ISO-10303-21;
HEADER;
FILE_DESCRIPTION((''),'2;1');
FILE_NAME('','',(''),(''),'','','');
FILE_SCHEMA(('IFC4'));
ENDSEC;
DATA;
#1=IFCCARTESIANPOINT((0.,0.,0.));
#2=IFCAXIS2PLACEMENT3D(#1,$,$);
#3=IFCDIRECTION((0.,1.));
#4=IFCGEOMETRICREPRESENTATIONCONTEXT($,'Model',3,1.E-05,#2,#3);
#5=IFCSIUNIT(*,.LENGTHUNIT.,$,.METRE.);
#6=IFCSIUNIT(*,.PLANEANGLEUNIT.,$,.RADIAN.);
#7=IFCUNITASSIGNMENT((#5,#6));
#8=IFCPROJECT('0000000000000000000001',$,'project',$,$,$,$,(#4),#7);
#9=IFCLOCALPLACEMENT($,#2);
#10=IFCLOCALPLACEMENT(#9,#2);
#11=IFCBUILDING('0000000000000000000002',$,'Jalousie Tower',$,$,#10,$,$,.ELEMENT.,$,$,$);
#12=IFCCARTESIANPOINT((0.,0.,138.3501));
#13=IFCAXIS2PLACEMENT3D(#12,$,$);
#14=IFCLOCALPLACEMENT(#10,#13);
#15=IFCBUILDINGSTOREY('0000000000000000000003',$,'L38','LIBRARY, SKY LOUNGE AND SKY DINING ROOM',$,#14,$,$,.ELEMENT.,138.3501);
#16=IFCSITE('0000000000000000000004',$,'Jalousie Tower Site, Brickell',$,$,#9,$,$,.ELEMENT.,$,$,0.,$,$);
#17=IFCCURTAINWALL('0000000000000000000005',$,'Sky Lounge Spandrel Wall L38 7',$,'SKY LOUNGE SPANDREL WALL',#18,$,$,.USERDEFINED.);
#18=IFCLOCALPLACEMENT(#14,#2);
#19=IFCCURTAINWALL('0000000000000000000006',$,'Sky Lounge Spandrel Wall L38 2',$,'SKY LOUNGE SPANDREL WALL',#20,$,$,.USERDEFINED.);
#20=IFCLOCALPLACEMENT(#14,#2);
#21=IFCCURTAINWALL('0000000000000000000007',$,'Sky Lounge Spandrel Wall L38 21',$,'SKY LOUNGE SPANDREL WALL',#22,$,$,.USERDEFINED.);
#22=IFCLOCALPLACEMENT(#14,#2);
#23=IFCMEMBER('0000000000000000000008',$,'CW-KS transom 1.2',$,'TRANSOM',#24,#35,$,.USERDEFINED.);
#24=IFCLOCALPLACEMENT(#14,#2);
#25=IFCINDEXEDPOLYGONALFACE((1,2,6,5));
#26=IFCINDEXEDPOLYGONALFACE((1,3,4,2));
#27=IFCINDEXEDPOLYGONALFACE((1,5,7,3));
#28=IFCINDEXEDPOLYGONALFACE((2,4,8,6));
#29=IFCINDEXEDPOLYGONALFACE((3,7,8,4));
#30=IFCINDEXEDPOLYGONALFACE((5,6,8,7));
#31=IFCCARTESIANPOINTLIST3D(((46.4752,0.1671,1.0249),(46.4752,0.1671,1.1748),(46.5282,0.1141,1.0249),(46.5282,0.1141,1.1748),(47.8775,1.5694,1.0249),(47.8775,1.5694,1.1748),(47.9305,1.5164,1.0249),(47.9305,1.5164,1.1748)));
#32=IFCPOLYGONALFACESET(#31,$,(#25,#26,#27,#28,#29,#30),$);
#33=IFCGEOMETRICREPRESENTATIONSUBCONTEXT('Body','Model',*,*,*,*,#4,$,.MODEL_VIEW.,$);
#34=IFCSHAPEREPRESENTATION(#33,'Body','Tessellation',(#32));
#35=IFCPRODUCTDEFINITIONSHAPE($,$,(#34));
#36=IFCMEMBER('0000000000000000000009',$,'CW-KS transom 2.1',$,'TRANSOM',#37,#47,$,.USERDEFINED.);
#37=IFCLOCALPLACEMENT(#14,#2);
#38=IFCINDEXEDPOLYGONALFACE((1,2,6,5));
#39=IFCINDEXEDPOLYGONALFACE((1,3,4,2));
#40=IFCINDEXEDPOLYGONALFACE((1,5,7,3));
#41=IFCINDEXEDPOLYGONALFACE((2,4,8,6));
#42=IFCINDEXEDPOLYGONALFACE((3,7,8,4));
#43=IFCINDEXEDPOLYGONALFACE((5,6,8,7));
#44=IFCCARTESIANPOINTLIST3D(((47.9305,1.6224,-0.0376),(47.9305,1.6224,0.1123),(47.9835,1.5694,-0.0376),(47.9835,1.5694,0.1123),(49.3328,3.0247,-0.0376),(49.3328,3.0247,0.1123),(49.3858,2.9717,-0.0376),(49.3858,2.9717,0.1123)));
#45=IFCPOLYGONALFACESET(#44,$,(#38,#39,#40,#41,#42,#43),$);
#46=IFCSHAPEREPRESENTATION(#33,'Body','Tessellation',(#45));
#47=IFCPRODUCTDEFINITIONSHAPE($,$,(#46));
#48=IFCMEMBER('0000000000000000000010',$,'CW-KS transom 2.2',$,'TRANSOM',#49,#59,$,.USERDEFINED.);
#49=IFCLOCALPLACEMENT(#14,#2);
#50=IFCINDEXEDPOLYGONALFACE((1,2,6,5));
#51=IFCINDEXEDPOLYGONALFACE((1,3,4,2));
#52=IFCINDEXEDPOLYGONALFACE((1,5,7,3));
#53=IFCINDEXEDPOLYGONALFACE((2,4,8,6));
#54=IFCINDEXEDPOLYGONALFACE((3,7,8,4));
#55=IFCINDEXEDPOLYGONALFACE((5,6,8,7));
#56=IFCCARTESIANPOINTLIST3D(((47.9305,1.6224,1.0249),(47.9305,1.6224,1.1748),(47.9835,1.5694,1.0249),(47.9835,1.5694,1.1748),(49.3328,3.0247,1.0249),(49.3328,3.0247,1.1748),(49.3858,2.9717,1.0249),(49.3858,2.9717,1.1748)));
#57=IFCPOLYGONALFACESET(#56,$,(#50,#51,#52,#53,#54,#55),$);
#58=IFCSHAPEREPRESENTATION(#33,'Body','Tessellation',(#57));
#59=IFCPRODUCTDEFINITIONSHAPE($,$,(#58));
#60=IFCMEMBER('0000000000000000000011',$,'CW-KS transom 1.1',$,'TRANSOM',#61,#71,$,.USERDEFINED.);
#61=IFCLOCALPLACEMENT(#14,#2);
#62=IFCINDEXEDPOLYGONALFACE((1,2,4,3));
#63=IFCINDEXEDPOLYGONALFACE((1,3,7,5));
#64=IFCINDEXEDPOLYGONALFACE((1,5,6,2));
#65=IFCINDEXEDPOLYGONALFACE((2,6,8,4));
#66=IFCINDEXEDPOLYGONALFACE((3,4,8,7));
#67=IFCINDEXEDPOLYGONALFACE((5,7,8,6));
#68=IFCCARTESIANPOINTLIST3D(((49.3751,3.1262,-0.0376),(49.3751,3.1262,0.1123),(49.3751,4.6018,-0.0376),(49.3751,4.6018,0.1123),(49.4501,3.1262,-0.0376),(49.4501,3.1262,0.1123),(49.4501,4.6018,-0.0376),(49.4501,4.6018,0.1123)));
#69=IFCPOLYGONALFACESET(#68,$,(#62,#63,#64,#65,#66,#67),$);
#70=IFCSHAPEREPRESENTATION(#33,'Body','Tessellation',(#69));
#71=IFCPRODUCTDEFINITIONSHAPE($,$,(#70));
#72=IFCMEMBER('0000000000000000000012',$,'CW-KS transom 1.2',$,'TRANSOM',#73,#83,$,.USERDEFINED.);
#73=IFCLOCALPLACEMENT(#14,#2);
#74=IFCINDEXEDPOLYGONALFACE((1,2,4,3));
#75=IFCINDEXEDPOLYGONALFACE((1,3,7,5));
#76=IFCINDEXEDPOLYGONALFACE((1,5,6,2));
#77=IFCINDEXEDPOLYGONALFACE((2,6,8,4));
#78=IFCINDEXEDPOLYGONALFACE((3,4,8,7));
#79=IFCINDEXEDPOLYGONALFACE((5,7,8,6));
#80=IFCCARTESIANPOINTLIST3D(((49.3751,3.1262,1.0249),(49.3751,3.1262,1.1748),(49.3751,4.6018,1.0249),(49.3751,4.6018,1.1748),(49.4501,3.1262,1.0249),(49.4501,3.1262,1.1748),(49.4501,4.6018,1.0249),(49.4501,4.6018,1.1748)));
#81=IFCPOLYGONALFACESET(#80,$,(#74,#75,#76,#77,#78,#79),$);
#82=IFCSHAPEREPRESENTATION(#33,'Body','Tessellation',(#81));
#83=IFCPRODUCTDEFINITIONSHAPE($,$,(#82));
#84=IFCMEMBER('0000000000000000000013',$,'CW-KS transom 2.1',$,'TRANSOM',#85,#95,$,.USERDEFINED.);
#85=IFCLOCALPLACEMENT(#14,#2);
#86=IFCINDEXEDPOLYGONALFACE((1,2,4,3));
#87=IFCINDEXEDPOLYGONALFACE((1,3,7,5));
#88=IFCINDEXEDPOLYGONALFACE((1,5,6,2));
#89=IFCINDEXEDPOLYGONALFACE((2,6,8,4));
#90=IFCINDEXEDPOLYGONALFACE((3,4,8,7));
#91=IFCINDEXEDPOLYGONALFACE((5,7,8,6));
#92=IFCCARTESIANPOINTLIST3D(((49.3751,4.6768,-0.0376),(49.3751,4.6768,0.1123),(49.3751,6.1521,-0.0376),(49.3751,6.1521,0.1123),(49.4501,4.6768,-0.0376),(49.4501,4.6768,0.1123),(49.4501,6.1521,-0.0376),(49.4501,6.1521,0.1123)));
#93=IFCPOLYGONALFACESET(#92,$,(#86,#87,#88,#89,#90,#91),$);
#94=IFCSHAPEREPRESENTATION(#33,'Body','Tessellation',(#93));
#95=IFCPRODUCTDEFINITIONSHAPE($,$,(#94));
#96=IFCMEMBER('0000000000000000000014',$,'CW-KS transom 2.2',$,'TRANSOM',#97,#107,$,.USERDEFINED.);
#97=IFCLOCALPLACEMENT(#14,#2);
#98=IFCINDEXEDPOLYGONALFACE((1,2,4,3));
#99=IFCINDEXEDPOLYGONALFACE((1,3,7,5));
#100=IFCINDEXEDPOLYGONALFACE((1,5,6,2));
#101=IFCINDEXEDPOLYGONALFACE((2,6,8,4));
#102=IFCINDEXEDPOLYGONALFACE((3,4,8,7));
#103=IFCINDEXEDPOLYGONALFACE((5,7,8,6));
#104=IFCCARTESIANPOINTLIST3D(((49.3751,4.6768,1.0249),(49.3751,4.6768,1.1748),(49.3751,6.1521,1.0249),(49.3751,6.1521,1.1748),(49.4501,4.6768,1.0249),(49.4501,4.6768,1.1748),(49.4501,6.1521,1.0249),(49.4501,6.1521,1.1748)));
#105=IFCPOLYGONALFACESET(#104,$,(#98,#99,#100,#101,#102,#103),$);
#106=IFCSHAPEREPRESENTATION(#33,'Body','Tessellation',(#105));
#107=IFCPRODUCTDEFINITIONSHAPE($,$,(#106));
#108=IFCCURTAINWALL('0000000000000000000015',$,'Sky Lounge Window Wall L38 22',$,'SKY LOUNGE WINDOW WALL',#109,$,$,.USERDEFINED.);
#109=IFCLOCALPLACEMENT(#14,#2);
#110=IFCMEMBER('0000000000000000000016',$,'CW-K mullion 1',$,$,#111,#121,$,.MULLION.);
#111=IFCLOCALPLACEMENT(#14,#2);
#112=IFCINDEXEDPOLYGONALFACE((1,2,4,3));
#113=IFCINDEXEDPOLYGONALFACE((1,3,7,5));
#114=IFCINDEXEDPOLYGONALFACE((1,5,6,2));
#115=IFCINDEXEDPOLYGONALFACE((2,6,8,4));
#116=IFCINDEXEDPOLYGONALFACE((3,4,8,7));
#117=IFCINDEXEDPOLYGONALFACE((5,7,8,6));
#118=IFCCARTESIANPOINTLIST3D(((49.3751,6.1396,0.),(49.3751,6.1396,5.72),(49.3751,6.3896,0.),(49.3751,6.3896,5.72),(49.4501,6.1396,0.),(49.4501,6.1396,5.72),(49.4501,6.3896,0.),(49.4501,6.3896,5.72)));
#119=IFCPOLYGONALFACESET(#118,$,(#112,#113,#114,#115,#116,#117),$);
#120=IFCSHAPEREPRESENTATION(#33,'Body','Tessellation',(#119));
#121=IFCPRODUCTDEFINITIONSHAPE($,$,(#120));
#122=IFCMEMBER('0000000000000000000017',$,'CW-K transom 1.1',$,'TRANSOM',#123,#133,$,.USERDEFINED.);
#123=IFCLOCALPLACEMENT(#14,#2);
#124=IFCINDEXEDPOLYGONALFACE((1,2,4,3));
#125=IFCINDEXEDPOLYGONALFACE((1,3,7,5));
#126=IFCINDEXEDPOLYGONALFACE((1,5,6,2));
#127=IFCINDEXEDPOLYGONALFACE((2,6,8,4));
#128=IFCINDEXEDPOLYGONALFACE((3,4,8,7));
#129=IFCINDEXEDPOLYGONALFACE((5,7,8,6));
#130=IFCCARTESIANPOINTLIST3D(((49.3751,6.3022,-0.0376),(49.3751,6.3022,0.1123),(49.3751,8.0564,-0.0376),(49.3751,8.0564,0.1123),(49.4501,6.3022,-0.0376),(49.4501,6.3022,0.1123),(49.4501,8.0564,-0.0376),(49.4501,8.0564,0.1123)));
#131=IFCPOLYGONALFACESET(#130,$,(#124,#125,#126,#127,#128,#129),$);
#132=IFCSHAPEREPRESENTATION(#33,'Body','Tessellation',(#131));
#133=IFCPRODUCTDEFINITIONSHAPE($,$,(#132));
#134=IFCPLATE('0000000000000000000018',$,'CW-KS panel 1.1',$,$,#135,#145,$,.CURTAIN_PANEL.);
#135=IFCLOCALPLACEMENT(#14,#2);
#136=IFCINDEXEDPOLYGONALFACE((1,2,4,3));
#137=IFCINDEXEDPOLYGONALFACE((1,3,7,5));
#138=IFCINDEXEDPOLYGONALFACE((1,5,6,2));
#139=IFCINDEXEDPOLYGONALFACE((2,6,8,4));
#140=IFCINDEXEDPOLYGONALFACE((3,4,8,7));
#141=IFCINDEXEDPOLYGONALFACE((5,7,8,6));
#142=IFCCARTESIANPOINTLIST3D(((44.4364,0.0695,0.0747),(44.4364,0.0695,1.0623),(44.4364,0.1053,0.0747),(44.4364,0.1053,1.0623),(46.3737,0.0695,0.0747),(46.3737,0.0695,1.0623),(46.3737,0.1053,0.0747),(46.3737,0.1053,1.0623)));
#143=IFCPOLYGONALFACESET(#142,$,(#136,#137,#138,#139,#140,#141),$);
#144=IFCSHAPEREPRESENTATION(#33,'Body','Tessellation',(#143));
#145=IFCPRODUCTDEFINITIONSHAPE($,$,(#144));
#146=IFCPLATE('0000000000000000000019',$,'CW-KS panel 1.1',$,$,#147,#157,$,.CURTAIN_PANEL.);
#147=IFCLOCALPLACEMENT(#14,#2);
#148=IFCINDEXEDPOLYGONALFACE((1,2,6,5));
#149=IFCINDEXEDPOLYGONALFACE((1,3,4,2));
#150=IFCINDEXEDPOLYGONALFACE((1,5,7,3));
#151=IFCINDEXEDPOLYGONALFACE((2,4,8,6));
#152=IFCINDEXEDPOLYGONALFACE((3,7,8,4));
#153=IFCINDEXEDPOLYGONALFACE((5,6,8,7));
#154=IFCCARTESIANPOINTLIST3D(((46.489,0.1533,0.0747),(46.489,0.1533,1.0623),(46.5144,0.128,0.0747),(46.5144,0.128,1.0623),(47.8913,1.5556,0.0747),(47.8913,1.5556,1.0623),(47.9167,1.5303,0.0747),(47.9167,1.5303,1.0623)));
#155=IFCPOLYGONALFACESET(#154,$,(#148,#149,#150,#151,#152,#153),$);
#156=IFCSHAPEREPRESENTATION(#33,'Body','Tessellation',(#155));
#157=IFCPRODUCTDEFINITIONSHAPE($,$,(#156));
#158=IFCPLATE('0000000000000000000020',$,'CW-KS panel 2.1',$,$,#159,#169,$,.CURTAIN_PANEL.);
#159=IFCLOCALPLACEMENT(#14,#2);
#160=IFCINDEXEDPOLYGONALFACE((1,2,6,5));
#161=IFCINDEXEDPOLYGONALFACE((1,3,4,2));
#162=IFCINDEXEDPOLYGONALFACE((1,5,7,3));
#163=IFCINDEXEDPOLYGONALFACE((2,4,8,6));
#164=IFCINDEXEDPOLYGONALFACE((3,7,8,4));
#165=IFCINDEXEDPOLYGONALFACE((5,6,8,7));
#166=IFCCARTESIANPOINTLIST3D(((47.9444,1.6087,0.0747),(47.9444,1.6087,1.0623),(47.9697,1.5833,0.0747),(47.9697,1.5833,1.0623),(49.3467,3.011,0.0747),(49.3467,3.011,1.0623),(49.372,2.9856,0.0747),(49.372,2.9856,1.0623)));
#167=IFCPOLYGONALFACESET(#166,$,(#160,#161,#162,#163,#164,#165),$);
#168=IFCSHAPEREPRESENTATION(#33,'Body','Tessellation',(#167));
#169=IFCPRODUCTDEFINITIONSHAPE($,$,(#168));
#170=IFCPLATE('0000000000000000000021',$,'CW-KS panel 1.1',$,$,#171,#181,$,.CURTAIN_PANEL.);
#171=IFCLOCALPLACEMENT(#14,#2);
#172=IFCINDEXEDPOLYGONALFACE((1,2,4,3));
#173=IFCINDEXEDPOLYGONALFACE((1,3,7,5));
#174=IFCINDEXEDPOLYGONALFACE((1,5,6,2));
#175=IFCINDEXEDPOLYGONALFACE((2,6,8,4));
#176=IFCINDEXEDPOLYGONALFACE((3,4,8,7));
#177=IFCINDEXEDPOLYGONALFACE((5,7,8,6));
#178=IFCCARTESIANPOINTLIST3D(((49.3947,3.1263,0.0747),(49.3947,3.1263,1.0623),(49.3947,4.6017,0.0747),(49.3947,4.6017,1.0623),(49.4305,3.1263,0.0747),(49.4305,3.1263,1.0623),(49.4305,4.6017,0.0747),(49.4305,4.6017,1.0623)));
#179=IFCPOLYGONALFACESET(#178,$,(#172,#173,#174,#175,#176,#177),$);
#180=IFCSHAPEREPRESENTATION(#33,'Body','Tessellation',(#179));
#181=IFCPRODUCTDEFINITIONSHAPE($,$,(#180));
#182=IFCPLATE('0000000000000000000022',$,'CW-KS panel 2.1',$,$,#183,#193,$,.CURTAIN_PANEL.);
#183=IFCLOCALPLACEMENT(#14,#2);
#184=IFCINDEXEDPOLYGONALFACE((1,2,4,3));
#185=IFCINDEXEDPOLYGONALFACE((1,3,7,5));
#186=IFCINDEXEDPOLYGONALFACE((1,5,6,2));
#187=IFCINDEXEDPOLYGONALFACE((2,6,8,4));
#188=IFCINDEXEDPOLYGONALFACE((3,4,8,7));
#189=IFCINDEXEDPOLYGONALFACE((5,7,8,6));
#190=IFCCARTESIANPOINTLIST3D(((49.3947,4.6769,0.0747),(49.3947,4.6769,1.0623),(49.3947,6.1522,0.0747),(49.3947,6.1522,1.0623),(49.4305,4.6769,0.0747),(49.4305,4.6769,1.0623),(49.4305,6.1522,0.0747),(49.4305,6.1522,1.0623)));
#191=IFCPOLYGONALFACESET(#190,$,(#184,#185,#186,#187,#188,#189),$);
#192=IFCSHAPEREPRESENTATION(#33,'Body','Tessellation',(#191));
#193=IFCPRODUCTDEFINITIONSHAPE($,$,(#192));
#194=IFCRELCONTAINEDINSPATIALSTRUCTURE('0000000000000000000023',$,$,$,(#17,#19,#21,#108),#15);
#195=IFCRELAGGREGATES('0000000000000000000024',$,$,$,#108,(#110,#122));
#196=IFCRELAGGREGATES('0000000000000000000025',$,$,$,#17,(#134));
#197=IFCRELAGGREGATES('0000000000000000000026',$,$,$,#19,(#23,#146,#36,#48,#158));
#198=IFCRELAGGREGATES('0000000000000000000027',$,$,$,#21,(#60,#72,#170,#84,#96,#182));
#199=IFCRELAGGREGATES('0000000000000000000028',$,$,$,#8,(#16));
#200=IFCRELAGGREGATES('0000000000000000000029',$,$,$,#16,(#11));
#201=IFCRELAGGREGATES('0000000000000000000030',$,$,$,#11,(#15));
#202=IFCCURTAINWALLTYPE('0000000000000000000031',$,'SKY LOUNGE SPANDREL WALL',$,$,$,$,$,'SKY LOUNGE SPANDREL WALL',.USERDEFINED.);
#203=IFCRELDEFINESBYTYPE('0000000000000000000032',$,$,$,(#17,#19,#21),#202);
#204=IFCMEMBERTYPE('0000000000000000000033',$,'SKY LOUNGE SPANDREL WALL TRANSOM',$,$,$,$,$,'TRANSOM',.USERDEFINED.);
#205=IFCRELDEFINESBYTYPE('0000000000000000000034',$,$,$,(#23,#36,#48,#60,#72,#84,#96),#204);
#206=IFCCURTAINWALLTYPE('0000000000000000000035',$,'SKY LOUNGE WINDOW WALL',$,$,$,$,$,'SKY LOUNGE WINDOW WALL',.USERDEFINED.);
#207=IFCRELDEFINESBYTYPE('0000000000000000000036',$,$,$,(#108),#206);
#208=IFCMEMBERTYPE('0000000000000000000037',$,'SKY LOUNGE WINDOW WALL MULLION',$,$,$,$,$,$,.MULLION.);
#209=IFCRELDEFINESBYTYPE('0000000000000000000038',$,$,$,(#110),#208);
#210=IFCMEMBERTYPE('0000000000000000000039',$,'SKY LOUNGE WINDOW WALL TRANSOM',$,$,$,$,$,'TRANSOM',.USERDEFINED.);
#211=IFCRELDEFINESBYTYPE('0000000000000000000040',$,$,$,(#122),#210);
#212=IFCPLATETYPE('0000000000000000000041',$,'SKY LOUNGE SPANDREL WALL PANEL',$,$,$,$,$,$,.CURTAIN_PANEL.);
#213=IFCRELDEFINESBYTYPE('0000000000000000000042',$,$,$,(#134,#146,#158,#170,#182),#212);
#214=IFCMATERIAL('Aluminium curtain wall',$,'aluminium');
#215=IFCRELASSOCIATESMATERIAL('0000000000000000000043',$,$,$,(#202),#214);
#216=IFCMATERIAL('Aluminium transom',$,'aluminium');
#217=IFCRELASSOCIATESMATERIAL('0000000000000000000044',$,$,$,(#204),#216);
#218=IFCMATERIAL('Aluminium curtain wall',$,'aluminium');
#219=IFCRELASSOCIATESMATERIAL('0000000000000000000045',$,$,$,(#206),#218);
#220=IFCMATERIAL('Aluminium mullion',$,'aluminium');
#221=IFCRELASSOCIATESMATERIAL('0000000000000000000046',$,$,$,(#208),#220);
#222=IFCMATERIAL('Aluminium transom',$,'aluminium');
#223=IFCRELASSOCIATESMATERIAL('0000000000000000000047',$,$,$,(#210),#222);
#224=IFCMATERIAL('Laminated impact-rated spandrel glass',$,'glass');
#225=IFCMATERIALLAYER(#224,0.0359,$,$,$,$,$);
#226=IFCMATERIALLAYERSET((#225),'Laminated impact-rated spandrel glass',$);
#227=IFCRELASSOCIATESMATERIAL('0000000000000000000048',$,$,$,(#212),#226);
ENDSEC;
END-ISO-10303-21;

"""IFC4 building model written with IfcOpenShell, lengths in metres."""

from ifc_helpers import new_model, si_unit, direction, frame, origin, origin_2d, place, context, subcontext, project, spatial, rectangle, extrude, material, layer, layer_set, material_profile, profile_set, type_object, element, aggregate, save


model = new_model("IFC4")

# Units and contexts
model_context = context("Model", 3, precision=1e-05, world=origin(), true_north=direction((0.0, 1.0)))
body_context = subcontext(model_context, "Body", "Model", "MODEL_VIEW")
ifc_project = project(units=[si_unit("LENGTHUNIT", "METRE"), si_unit("PLANEANGLEUNIT", "RADIAN")], contexts=[model_context])

# Site, building, storey
site_placement = place(None, origin())
site = spatial("IfcSite", under=ifc_project, at=site_placement, Name="Jalousie Tower Site, Brickell", CompositionType="ELEMENT", RefElevation=0.0)
building_placement = place(site_placement, origin())
building = spatial("IfcBuilding", under=site, at=building_placement, Name="Jalousie Tower", CompositionType="ELEMENT")
storey_placement = place(building_placement, frame((0.0, 0.0, 138.3501)))
storey = spatial("IfcBuildingStorey", under=building, at=storey_placement, Name="L38", Description="LIBRARY, SKY LOUNGE AND SKY DINING ROOM", CompositionType="ELEMENT", Elevation=138.3501)

# Curtain wall
ifc_material_1 = material(Name="Aluminium curtain wall", Category="aluminium")
curtain_wall_type_1 = type_object("IfcCurtainWallType", Name="SKY LOUNGE SPANDREL WALL", ElementType="SKY LOUNGE SPANDREL WALL", PredefinedType="USERDEFINED", material=ifc_material_1)
curtain_wall_1_placement = place(storey_placement, origin())
curtain_wall_1 = element("IfcCurtainWall", 1, at=curtain_wall_1_placement, inside=storey, type_object=curtain_wall_type_1, Name="Sky Lounge Spandrel Wall L38 7", ObjectType="SKY LOUNGE SPANDREL WALL", PredefinedType="USERDEFINED")

# Curtain walls
curtain_wall_2_placement = place(storey_placement, origin())
curtain_wall_2 = element("IfcCurtainWall", 2, at=curtain_wall_2_placement, inside=storey, type_object=curtain_wall_type_1, Name="Sky Lounge Spandrel Wall L38 2", ObjectType="SKY LOUNGE SPANDREL WALL", PredefinedType="USERDEFINED")
curtain_wall_3_placement = place(storey_placement, origin())
curtain_wall_3 = element("IfcCurtainWall", 3, at=curtain_wall_3_placement, inside=storey, type_object=curtain_wall_type_1, Name="Sky Lounge Spandrel Wall L38 21", ObjectType="SKY LOUNGE SPANDREL WALL", PredefinedType="USERDEFINED")

# Members
ifc_material_2 = material(Name="Aluminium transom", Category="aluminium")
ifc_material_profile_1 = material_profile(ifc_material_2, rectangle(XDim=0.075, YDim=0.1499, at=origin_2d()), Name="TRANSOM 75x150")
ifc_profile_set_1 = profile_set([ifc_material_profile_1], Name="Aluminium transom")
member_type_1 = type_object("IfcMemberType", Name="SKY LOUNGE SPANDREL WALL TRANSOM", ElementType="TRANSOM", PredefinedType="USERDEFINED", material=ifc_profile_set_1)
member_1_placement = place(storey_placement, frame((46.5017, 0.1406, 1.0999), z_axis=(0.707107, 0.707107, 0.0), x_axis=(-0.707107, 0.707107, 0.0)))
member_1 = element("IfcMember", 4, at=member_1_placement, type_object=member_type_1, Name="CW-KS transom 1.2", ObjectType="TRANSOM", PredefinedType="USERDEFINED", context=body_context, shape_type="SweptSolid", body=[
    extrude(rectangle(XDim=0.075, YDim=0.1499, at=origin_2d()), origin(), (0.0, 0.0, 1.0), 1.9832),
])
member_2_placement = place(storey_placement, frame((47.957, 1.5959, 0.0374), z_axis=(0.707107, 0.707107, 0.0), x_axis=(-0.707107, 0.707107, 0.0)))
member_2 = element("IfcMember", 5, at=member_2_placement, type_object=member_type_1, Name="CW-KS transom 2.1", ObjectType="TRANSOM", PredefinedType="USERDEFINED", context=body_context, shape_type="SweptSolid", body=[
    extrude(rectangle(XDim=0.075, YDim=0.1499, at=origin_2d()), origin(), (0.0, 0.0, 1.0), 1.9832),
])
member_3_placement = place(storey_placement, frame((47.957, 1.5959, 1.0999), z_axis=(0.707107, 0.707107, 0.0), x_axis=(-0.707107, 0.707107, 0.0)))
member_3 = element("IfcMember", 6, at=member_3_placement, type_object=member_type_1, Name="CW-KS transom 2.2", ObjectType="TRANSOM", PredefinedType="USERDEFINED", context=body_context, shape_type="SweptSolid", body=[
    extrude(rectangle(XDim=0.075, YDim=0.1499, at=origin_2d()), origin(), (0.0, 0.0, 1.0), 1.9832),
])
member_4_placement = place(storey_placement, frame((49.4126, 3.1262, 0.0374), z_axis=(0.0, 1.0, 0.0), x_axis=(-1.0, 0.0, 0.0)))
member_4 = element("IfcMember", 7, at=member_4_placement, type_object=member_type_1, Name="CW-KS transom 1.1", ObjectType="TRANSOM", PredefinedType="USERDEFINED", context=body_context, shape_type="SweptSolid", body=[
    extrude(rectangle(XDim=0.075, YDim=0.1499, at=origin_2d()), origin(), (0.0, 0.0, 1.0), 1.4756),
])
member_5_placement = place(storey_placement, frame((49.4126, 3.1262, 1.0999), z_axis=(0.0, 1.0, 0.0), x_axis=(-1.0, 0.0, 0.0)))
member_5 = element("IfcMember", 8, at=member_5_placement, type_object=member_type_1, Name="CW-KS transom 1.2", ObjectType="TRANSOM", PredefinedType="USERDEFINED", context=body_context, shape_type="SweptSolid", body=[
    extrude(rectangle(XDim=0.075, YDim=0.1499, at=origin_2d()), origin(), (0.0, 0.0, 1.0), 1.4756),
])
member_6_placement = place(storey_placement, frame((49.4126, 4.6768, 0.0374), z_axis=(0.0, 1.0, 0.0), x_axis=(-1.0, 0.0, 0.0)))
member_6 = element("IfcMember", 9, at=member_6_placement, type_object=member_type_1, Name="CW-KS transom 2.1", ObjectType="TRANSOM", PredefinedType="USERDEFINED", context=body_context, shape_type="SweptSolid", body=[
    extrude(rectangle(XDim=0.075, YDim=0.1499, at=origin_2d()), origin(), (0.0, 0.0, 1.0), 1.4753),
])
member_7_placement = place(storey_placement, frame((49.4126, 4.6768, 1.0999), z_axis=(0.0, 1.0, 0.0), x_axis=(-1.0, 0.0, 0.0)))
member_7 = element("IfcMember", 10, at=member_7_placement, type_object=member_type_1, Name="CW-KS transom 2.2", ObjectType="TRANSOM", PredefinedType="USERDEFINED", context=body_context, shape_type="SweptSolid", body=[
    extrude(rectangle(XDim=0.075, YDim=0.1499, at=origin_2d()), origin(), (0.0, 0.0, 1.0), 1.4753),
])

# Curtain wall, members
ifc_material_3 = material(Name="Aluminium curtain wall", Category="aluminium")
curtain_wall_type_2 = type_object("IfcCurtainWallType", Name="SKY LOUNGE WINDOW WALL", ElementType="SKY LOUNGE WINDOW WALL", PredefinedType="USERDEFINED", material=ifc_material_3)
curtain_wall_4_placement = place(storey_placement, origin())
curtain_wall_4 = element("IfcCurtainWall", 11, at=curtain_wall_4_placement, inside=storey, type_object=curtain_wall_type_2, Name="Sky Lounge Window Wall L38 22", ObjectType="SKY LOUNGE WINDOW WALL", PredefinedType="USERDEFINED")
ifc_material_4 = material(Name="Aluminium mullion", Category="aluminium")
ifc_material_profile_2 = material_profile(ifc_material_4, rectangle(XDim=0.075, YDim=0.25, at=origin_2d()), Name="MULLION 75x250")
ifc_profile_set_2 = profile_set([ifc_material_profile_2], Name="Aluminium mullion")
member_type_2 = type_object("IfcMemberType", Name="SKY LOUNGE WINDOW WALL MULLION", PredefinedType="MULLION", material=ifc_profile_set_2)
member_8_placement = place(storey_placement, frame((49.4126, 6.2646, 0.0), z_axis=(0.0, 0.0, 1.0), x_axis=(-1.0, 0.0, 0.0)))
member_8 = element("IfcMember", 12, at=member_8_placement, type_object=member_type_2, Name="CW-K mullion 1", PredefinedType="MULLION", context=body_context, shape_type="SweptSolid", body=[
    extrude(rectangle(XDim=0.075, YDim=0.25, at=origin_2d()), origin(), (0.0, 0.0, 1.0), 5.72),
])
ifc_material_5 = material(Name="Aluminium transom", Category="aluminium")
ifc_material_profile_3 = material_profile(ifc_material_5, rectangle(XDim=0.075, YDim=0.1499, at=origin_2d()), Name="TRANSOM 75x150")
ifc_profile_set_3 = profile_set([ifc_material_profile_3], Name="Aluminium transom")
member_type_3 = type_object("IfcMemberType", Name="SKY LOUNGE WINDOW WALL TRANSOM", ElementType="TRANSOM", PredefinedType="USERDEFINED", material=ifc_profile_set_3)
member_9_placement = place(storey_placement, frame((49.4126, 6.3022, 0.0374), z_axis=(0.0, 1.0, 0.0), x_axis=(-1.0, 0.0, 0.0)))
member_9 = element("IfcMember", 13, at=member_9_placement, type_object=member_type_3, Name="CW-K transom 1.1", ObjectType="TRANSOM", PredefinedType="USERDEFINED", context=body_context, shape_type="SweptSolid", body=[
    extrude(rectangle(XDim=0.075, YDim=0.1499, at=origin_2d()), origin(), (0.0, 0.0, 1.0), 1.7542),
])
aggregate(curtain_wall_4, [member_8, member_9])

# Plates
ifc_material_6 = material(Name="Laminated impact-rated spandrel glass", Category="glass")
ifc_layer = layer(ifc_material_6, 0.0359)
ifc_layer_set = layer_set([ifc_layer], Name="Laminated impact-rated spandrel glass")
plate_type = type_object("IfcPlateType", Name="SKY LOUNGE SPANDREL WALL PANEL", PredefinedType="CURTAIN_PANEL", material=ifc_layer_set)
plate_1_placement = place(storey_placement, frame((45.405, 0.0874, 0.0747), z_axis=(0.0, 0.0, 1.0), x_axis=(1.0, 0.0, 0.0)))
plate_1 = element("IfcPlate", 14, at=plate_1_placement, type_object=plate_type, Name="CW-KS panel 1.1", PredefinedType="CURTAIN_PANEL", context=body_context, shape_type="SweptSolid", body=[
    extrude(rectangle(XDim=1.9373, YDim=0.0359, at=origin_2d()), origin(), (0.0, 0.0, 1.0), 0.9875),
])
aggregate(curtain_wall_1, [plate_1])
plate_2_placement = place(storey_placement, frame((47.2029, 0.8418, 0.0747), z_axis=(0.0, 0.0, 1.0), x_axis=(0.707107, 0.707107, 0.0)))
plate_2 = element("IfcPlate", 15, at=plate_2_placement, type_object=plate_type, Name="CW-KS panel 1.1", PredefinedType="CURTAIN_PANEL", context=body_context, shape_type="SweptSolid", body=[
    extrude(rectangle(XDim=1.9832, YDim=0.0359, at=origin_2d()), origin(), (0.0, 0.0, 1.0), 0.9875),
])
plate_3_placement = place(storey_placement, frame((48.6582, 2.2971, 0.0747), z_axis=(0.0, 0.0, 1.0), x_axis=(0.707107, 0.707107, 0.0)))
plate_3 = element("IfcPlate", 16, at=plate_3_placement, type_object=plate_type, Name="CW-KS panel 2.1", PredefinedType="CURTAIN_PANEL", context=body_context, shape_type="SweptSolid", body=[
    extrude(rectangle(XDim=1.9832, YDim=0.0359, at=origin_2d()), origin(), (0.0, 0.0, 1.0), 0.9875),
])
aggregate(curtain_wall_2, [member_1, plate_2, member_2, member_3, plate_3])
plate_4_placement = place(storey_placement, frame((49.4126, 3.864, 0.0747), z_axis=(0.0, 0.0, 1.0), x_axis=(0.0, 1.0, 0.0)))
plate_4 = element("IfcPlate", 17, at=plate_4_placement, type_object=plate_type, Name="CW-KS panel 1.1", PredefinedType="CURTAIN_PANEL", context=body_context, shape_type="SweptSolid", body=[
    extrude(rectangle(XDim=1.4753, YDim=0.0359, at=origin_2d()), origin(), (0.0, 0.0, 1.0), 0.9875),
])
plate_5_placement = place(storey_placement, frame((49.4126, 5.4146, 0.0747), z_axis=(0.0, 0.0, 1.0), x_axis=(0.0, 1.0, 0.0)))
plate_5 = element("IfcPlate", 18, at=plate_5_placement, type_object=plate_type, Name="CW-KS panel 2.1", PredefinedType="CURTAIN_PANEL", context=body_context, shape_type="SweptSolid", body=[
    extrude(rectangle(XDim=1.4753, YDim=0.0359, at=origin_2d()), origin(), (0.0, 0.0, 1.0), 0.9875),
])
aggregate(curtain_wall_3, [member_4, member_5, plate_4, member_6, member_7, plate_5])

save(model, "model.ifc")
